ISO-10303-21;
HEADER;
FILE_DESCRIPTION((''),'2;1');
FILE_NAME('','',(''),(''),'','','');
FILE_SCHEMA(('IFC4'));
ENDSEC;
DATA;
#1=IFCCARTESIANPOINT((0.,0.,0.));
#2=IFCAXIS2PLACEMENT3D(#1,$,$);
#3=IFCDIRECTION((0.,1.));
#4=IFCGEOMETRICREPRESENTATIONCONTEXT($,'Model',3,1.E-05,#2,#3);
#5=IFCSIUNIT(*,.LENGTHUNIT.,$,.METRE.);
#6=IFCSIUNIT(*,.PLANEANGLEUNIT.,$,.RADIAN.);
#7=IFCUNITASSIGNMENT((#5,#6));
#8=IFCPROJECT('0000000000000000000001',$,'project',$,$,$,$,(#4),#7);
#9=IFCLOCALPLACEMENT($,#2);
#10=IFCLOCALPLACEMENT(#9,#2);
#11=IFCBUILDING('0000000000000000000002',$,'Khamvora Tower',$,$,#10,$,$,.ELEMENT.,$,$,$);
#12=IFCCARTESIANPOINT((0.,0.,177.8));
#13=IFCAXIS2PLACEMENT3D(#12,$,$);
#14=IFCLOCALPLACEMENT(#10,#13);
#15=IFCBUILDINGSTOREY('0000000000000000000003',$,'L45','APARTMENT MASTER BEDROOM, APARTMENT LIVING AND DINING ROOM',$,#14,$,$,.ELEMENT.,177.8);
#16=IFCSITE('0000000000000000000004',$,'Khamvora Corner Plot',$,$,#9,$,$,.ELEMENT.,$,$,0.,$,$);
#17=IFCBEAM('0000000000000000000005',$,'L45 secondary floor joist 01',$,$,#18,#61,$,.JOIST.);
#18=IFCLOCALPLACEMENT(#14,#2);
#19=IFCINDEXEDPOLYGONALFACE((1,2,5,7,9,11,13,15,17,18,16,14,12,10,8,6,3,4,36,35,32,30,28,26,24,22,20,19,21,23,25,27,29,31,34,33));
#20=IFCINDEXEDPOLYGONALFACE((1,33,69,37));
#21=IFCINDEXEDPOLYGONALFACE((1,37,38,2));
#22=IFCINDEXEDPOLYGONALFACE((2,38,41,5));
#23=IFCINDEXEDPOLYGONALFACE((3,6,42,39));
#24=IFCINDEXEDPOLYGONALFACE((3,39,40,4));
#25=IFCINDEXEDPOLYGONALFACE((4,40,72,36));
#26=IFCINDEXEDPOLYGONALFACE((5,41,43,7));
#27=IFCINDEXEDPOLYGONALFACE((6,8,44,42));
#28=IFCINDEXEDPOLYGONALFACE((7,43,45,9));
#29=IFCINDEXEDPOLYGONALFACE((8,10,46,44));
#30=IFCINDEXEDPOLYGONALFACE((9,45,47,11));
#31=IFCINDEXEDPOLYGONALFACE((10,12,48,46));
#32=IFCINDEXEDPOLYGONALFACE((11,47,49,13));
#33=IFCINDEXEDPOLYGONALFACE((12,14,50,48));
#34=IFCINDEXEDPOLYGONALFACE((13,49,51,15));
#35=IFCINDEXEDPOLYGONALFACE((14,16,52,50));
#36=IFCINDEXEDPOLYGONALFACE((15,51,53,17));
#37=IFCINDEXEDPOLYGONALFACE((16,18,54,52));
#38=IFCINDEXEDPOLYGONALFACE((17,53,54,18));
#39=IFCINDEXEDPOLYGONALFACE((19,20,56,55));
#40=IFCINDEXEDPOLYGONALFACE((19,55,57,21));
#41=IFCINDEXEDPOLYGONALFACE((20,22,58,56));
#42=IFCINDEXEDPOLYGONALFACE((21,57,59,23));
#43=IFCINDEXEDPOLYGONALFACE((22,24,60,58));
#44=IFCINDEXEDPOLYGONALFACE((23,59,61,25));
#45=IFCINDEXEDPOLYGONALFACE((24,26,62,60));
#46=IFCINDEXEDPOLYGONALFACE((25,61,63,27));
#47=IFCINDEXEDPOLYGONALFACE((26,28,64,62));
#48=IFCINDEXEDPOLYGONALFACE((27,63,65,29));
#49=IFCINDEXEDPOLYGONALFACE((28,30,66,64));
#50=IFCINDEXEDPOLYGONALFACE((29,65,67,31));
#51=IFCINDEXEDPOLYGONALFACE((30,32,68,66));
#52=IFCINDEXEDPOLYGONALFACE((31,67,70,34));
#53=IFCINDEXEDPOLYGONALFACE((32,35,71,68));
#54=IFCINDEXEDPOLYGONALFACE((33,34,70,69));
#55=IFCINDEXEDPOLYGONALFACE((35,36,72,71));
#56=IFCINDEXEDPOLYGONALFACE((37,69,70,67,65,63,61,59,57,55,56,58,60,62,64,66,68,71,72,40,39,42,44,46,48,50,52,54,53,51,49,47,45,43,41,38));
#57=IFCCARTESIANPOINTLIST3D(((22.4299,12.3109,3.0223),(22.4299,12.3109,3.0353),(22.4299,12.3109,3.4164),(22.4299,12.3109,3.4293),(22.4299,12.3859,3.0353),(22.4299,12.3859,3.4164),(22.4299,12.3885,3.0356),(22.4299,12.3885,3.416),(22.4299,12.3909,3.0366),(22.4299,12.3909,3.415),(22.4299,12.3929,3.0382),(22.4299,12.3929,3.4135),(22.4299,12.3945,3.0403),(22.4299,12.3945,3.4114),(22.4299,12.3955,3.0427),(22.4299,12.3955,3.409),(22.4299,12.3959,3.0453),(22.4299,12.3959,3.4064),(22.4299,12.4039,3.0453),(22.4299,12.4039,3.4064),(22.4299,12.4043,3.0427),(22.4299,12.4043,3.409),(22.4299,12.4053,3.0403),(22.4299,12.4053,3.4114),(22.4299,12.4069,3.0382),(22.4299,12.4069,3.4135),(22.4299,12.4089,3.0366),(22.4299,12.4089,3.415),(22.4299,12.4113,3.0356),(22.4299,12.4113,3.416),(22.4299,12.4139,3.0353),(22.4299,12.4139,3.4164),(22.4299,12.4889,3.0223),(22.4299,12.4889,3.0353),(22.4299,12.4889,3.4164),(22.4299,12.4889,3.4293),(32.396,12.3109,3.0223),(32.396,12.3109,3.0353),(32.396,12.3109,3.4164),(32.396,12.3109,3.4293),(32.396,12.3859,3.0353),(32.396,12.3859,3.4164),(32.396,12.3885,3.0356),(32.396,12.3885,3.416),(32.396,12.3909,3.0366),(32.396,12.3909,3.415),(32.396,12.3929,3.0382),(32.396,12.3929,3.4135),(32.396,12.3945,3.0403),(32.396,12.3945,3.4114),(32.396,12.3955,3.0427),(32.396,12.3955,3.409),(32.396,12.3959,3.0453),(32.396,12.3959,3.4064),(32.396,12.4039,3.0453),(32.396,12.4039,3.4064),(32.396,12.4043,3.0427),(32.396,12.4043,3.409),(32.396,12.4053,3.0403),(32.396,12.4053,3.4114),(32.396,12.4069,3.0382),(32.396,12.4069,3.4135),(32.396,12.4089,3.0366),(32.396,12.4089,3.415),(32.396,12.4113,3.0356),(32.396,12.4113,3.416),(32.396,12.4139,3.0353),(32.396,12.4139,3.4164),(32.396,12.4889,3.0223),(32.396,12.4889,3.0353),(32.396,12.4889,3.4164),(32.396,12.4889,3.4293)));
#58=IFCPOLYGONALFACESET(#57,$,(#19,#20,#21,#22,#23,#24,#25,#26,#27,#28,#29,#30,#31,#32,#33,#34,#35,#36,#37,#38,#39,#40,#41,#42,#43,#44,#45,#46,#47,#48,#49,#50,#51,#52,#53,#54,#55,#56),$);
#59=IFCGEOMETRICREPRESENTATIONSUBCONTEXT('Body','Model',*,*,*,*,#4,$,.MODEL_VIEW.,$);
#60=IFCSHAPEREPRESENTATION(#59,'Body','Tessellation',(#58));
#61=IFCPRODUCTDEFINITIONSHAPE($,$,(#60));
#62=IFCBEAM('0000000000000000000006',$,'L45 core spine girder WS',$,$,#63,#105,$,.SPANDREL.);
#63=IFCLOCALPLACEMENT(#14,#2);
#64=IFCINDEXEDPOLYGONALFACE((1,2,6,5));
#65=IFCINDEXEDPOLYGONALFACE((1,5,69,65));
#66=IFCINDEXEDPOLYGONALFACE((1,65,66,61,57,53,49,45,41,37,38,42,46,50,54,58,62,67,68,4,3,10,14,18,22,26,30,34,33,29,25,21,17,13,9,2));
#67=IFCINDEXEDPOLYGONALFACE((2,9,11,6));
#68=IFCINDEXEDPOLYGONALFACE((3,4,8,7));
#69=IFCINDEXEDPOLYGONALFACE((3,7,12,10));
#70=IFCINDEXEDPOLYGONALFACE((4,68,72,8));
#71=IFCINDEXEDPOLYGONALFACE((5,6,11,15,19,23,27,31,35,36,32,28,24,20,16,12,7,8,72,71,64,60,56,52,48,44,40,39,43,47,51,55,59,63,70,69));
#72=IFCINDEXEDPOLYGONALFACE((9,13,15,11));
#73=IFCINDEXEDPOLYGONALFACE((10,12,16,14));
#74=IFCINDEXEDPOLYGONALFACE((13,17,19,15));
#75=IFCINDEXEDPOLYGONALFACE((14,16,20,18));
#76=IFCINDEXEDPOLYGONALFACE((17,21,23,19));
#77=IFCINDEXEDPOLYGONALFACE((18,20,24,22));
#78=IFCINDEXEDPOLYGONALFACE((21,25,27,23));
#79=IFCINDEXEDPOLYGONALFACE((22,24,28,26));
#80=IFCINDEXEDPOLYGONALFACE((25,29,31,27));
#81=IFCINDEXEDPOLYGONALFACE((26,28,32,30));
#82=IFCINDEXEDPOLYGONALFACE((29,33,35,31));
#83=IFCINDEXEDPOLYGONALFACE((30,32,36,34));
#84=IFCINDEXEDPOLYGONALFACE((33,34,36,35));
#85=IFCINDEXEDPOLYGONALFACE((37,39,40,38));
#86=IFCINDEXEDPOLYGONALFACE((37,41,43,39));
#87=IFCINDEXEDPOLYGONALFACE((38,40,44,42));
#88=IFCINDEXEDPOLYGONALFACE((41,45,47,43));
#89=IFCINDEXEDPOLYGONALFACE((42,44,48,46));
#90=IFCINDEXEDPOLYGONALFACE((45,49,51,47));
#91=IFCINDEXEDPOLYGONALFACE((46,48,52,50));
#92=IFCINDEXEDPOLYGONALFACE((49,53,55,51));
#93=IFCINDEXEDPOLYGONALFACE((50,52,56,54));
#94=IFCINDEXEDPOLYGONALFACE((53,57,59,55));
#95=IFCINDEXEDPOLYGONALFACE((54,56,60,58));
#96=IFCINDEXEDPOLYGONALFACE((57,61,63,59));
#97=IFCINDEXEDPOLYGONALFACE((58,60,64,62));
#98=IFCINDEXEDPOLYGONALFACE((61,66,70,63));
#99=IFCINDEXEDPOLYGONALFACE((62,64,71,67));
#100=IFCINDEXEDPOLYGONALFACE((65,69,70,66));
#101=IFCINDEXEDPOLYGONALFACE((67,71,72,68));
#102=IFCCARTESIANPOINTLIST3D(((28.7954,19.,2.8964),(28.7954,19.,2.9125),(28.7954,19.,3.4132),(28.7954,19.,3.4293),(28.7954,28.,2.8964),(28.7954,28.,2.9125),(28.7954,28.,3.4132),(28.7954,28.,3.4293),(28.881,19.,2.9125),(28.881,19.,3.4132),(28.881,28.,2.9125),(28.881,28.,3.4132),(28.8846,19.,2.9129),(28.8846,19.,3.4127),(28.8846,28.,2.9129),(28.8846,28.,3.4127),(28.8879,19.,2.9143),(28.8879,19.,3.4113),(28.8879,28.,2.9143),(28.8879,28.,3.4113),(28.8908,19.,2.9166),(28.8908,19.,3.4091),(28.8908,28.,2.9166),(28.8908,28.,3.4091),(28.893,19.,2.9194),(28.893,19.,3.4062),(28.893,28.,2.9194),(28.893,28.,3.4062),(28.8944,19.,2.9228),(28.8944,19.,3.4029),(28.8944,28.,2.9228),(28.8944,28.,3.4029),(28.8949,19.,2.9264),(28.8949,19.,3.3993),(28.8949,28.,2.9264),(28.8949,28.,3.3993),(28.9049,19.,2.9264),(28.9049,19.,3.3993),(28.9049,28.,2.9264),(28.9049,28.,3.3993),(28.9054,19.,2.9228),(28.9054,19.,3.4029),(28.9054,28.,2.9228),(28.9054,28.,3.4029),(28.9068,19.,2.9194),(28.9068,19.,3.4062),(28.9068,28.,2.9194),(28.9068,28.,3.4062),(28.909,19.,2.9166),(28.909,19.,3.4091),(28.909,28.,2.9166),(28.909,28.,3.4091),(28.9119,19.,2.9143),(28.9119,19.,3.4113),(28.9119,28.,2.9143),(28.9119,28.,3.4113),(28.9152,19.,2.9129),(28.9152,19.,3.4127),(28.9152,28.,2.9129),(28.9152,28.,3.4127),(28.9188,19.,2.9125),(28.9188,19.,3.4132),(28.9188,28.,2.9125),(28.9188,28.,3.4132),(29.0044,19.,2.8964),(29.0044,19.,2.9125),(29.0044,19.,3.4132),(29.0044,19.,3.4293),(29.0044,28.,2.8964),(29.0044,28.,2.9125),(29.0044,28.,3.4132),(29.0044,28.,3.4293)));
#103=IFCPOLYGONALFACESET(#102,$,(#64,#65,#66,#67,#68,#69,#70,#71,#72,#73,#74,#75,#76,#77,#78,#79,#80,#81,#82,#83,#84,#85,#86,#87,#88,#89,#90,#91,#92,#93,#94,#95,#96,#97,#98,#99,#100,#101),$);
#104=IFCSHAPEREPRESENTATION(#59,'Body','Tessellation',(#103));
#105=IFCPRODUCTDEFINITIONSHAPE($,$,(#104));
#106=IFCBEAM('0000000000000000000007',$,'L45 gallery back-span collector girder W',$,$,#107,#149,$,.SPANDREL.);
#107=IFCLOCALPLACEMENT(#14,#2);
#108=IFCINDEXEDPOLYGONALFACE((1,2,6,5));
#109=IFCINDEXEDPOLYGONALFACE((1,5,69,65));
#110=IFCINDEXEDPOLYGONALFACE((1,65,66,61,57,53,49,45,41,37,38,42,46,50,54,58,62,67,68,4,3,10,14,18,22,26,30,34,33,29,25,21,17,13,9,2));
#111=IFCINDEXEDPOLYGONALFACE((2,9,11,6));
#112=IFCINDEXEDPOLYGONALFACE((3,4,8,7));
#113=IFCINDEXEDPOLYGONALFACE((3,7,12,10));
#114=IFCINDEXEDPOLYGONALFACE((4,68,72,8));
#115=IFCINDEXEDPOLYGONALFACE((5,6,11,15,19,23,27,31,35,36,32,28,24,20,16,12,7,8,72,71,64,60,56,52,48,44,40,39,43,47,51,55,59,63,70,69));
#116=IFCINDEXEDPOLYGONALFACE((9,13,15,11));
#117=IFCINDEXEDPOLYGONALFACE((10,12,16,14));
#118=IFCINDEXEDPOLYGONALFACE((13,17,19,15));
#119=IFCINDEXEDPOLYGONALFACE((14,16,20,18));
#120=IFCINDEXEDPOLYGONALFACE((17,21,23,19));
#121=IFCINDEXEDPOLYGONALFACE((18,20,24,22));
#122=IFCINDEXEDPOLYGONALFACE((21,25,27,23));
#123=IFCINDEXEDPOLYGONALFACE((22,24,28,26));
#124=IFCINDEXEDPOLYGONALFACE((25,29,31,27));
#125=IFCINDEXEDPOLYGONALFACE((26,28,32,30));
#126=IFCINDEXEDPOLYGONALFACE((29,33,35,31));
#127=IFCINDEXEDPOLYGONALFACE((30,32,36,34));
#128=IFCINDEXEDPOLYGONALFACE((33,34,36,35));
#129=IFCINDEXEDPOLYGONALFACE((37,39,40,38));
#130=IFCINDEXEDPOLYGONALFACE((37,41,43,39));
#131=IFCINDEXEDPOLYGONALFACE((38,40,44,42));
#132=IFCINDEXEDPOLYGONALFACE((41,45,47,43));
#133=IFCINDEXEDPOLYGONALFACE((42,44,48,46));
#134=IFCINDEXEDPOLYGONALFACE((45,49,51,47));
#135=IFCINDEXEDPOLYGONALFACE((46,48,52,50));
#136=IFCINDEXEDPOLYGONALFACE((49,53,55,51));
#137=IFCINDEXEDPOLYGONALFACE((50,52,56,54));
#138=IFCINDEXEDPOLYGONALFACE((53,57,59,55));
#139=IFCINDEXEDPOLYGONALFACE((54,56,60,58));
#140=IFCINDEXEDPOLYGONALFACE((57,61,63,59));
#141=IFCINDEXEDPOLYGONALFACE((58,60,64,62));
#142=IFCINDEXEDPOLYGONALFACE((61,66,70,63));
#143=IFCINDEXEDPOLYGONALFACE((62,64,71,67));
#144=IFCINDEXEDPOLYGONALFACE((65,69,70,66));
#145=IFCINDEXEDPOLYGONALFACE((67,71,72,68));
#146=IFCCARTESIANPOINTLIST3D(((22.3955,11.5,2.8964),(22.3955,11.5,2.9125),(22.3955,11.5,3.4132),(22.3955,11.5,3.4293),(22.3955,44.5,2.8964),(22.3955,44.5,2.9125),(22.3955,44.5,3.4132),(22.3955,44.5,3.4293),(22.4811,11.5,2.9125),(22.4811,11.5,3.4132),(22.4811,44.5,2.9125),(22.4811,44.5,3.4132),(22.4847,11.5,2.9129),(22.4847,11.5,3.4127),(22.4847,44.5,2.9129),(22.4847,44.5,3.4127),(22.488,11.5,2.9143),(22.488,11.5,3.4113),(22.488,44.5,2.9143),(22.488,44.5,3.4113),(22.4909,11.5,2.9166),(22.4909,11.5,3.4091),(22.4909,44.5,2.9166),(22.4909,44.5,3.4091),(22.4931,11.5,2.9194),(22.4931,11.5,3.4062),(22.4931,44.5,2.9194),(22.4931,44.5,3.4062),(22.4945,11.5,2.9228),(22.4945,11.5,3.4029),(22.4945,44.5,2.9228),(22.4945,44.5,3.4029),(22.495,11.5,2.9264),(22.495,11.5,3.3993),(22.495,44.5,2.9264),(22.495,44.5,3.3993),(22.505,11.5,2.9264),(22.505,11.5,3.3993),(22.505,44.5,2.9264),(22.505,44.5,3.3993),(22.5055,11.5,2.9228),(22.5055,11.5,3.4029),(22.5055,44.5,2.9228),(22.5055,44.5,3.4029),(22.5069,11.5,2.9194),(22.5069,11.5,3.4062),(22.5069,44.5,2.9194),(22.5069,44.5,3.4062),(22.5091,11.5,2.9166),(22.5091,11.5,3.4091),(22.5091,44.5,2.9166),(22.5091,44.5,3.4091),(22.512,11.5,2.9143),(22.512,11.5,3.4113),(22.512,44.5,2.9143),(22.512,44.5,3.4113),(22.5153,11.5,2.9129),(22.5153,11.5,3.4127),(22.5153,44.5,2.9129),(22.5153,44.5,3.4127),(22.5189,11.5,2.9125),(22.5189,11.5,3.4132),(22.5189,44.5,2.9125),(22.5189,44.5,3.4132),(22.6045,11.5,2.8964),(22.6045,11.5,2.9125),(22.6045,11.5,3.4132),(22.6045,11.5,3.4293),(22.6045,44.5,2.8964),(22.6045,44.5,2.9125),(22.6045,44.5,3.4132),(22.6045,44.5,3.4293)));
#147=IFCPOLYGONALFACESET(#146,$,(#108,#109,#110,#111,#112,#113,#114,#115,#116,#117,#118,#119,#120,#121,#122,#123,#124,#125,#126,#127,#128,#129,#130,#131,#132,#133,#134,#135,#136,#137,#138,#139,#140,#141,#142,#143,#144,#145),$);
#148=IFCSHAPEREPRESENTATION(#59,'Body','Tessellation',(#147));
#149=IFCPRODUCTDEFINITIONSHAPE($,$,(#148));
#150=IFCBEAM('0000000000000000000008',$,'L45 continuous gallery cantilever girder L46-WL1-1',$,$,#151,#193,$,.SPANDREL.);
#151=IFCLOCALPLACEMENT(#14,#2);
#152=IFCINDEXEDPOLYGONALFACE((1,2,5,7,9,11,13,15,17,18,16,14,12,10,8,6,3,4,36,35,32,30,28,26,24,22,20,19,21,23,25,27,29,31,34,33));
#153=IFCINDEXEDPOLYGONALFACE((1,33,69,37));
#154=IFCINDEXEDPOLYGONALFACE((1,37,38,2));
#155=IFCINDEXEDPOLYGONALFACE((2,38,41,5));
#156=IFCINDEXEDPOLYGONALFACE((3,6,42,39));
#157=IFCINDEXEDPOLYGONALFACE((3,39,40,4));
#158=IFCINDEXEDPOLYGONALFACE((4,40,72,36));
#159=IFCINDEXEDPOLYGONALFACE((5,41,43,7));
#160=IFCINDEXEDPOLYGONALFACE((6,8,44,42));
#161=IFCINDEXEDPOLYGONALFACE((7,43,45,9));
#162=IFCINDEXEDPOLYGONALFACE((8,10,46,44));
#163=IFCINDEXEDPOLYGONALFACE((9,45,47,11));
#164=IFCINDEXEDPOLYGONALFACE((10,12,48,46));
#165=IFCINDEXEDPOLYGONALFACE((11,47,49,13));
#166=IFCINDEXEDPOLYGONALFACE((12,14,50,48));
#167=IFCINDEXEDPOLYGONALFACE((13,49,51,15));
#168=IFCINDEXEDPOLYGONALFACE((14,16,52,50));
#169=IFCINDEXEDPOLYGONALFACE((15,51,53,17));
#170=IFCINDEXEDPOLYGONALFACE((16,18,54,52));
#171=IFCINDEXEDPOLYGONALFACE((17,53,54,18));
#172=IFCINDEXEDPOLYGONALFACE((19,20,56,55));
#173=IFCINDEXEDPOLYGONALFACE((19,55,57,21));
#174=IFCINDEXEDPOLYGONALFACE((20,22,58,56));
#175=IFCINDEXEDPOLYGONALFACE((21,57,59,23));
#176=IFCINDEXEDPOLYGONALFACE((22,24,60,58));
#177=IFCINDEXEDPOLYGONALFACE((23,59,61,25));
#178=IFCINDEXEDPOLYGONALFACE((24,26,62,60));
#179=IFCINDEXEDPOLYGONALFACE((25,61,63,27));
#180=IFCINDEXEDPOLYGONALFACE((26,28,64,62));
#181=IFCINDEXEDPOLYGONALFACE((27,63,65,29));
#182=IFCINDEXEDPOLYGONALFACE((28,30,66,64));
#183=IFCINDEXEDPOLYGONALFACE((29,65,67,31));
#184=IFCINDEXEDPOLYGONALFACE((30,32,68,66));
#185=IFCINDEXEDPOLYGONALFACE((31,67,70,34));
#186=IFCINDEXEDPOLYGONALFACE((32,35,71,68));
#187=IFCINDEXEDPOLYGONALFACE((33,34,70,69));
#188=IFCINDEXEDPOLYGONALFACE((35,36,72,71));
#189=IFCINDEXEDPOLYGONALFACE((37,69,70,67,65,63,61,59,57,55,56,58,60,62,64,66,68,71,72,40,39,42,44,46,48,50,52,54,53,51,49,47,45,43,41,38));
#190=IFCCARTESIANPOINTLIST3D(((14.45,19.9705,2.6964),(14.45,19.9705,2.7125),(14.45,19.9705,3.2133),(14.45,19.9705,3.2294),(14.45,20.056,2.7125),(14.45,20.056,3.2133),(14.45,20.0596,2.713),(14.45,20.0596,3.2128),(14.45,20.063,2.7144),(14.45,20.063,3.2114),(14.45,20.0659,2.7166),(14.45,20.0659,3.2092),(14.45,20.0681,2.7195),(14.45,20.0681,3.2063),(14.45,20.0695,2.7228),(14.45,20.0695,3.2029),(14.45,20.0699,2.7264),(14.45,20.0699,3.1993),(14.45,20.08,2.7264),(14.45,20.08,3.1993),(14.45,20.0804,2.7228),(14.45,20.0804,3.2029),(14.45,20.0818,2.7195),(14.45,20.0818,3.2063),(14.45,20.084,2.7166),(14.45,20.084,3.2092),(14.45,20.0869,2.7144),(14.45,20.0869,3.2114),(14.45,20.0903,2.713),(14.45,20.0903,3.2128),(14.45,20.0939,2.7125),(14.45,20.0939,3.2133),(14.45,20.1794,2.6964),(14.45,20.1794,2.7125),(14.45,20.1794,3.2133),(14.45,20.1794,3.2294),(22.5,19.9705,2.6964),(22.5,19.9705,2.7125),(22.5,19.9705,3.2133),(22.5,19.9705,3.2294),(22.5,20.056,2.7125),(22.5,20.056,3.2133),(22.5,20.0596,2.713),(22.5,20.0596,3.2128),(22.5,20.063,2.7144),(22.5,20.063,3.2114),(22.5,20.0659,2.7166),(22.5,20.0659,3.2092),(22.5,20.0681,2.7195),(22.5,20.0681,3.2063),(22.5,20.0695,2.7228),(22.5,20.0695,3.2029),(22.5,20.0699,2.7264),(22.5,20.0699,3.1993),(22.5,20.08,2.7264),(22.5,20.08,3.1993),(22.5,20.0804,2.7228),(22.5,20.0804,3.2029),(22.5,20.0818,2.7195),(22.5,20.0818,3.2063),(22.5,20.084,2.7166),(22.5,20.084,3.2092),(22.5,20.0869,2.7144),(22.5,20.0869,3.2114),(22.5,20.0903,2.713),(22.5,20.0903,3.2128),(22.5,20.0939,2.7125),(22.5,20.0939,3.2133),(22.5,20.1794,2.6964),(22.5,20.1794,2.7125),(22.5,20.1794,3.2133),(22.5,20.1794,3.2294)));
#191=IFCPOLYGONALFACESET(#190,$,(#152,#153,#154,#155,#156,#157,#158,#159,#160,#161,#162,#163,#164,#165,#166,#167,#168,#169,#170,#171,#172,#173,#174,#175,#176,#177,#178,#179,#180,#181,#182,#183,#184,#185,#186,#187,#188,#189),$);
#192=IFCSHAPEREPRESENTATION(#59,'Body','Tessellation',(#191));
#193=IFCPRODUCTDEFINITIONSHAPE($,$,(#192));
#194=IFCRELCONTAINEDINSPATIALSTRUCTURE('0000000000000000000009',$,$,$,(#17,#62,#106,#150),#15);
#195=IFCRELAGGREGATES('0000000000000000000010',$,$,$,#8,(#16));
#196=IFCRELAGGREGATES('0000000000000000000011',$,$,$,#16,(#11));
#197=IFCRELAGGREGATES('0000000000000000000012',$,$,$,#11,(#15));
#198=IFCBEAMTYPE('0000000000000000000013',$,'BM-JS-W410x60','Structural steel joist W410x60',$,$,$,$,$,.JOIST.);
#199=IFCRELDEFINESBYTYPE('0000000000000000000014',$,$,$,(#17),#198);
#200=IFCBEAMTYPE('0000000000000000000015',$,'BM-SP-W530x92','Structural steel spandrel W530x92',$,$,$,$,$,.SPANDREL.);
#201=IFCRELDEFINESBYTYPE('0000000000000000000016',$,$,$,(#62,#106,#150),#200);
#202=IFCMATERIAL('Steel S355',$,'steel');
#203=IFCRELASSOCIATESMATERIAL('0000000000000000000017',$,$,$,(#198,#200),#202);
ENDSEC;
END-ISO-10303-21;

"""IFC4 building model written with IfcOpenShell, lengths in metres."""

from ifc_helpers import new_model, si_unit, direction, frame, origin, origin_2d, place, context, subcontext, project, spatial, i_section, extrude, material, material_profile, profile_set, type_object, element, save


model = new_model("IFC4")

# Units and contexts
model_context = context("Model", 3, precision=1e-05, world=origin(), true_north=direction((0.0, 1.0)))
body_context = subcontext(model_context, "Body", "Model", "MODEL_VIEW")
ifc_project = project(units=[si_unit("LENGTHUNIT", "METRE"), si_unit("PLANEANGLEUNIT", "RADIAN")], contexts=[model_context])

# Site, building, storey
site_placement = place(None, origin())
site = spatial("IfcSite", under=ifc_project, at=site_placement, Name="Khamvora Corner Plot", CompositionType="ELEMENT", RefElevation=0.0)
building_placement = place(site_placement, origin())
building = spatial("IfcBuilding", under=site, at=building_placement, Name="Khamvora Tower", CompositionType="ELEMENT")
storey_placement = place(building_placement, frame((0.0, 0.0, 177.8)))
storey = spatial("IfcBuildingStorey", under=building, at=storey_placement, Name="L45", Description="APARTMENT MASTER BEDROOM, APARTMENT LIVING AND DINING ROOM", CompositionType="ELEMENT", Elevation=177.8)

# Beams
ifc_material_1 = material(Name="Steel S355", Category="steel")
ifc_material_profile_1 = material_profile(ifc_material_1, i_section(OverallWidth=0.178, OverallDepth=0.407, WebThickness=0.0081, FlangeThickness=0.0129, FilletRadius=0.01, at=origin_2d()), Name="W410x60")
ifc_profile_set_1 = profile_set([ifc_material_profile_1], Name="Steel S355")
beam_type_1 = type_object("IfcBeamType", Name="BM-JS-W410x60", Description="Structural steel joist W410x60", PredefinedType="JOIST", material=ifc_profile_set_1)
beam_1_placement = place(storey_placement, frame((22.4299, 12.3999, 3.2258), z_axis=(1.0, 0.0, 0.0), x_axis=(0.0, 1.0, 0.0)))
element("IfcBeam", 1, at=beam_1_placement, inside=storey, type_object=beam_type_1, Name="L45 secondary floor joist 01", PredefinedType="JOIST", context=body_context, shape_type="SweptSolid", body=[
    extrude(i_section(OverallWidth=0.178, OverallDepth=0.407, WebThickness=0.0081, FlangeThickness=0.0129, FilletRadius=0.01, at=origin_2d()), origin(), (0.0, 0.0, 1.0), 9.9661),
])
ifc_material_profile_2 = material_profile(ifc_material_1, i_section(OverallWidth=0.209, OverallDepth=0.533, WebThickness=0.01, FlangeThickness=0.0161, FilletRadius=0.0139, at=origin_2d()), Name="W530x92")
ifc_profile_set_2 = profile_set([ifc_material_profile_2], Name="Steel S355")
beam_type_2 = type_object("IfcBeamType", Name="BM-SP-W530x92", Description="Structural steel spandrel W530x92", PredefinedType="SPANDREL", material=ifc_profile_set_2)
beam_2_placement = place(storey_placement, frame((28.8999, 19.0, 3.1628), z_axis=(0.0, 1.0, 0.0), x_axis=(-1.0, 0.0, 0.0)))
element("IfcBeam", 2, at=beam_2_placement, inside=storey, type_object=beam_type_2, Name="L45 core spine girder WS", PredefinedType="SPANDREL", context=body_context, shape_type="SweptSolid", body=[
    extrude(i_section(OverallWidth=0.209, OverallDepth=0.533, WebThickness=0.01, FlangeThickness=0.0161, FilletRadius=0.0139, at=origin_2d()), origin(), (0.0, 0.0, 1.0), 9.0),
])
beam_3_placement = place(storey_placement, frame((22.5, 11.5, 3.1628), z_axis=(0.0, 1.0, 0.0), x_axis=(-1.0, 0.0, 0.0)))
element("IfcBeam", 3, at=beam_3_placement, inside=storey, type_object=beam_type_2, Name="L45 gallery back-span collector girder W", PredefinedType="SPANDREL", context=body_context, shape_type="SweptSolid", body=[
    extrude(i_section(OverallWidth=0.209, OverallDepth=0.533, WebThickness=0.01, FlangeThickness=0.0161, FilletRadius=0.0139, at=origin_2d()), origin(), (0.0, 0.0, 1.0), 33.0),
])
for number, where, z_axis, x_axis, name in (
    (4, (22.5, 20.075, 2.9629), (-1.0, 0.0, 0.0), (0.0, -1.0, 0.0), "L45 continuous gallery cantilever girder L46-WL1-1"),
):
    element("IfcBeam", number, at=place(storey_placement, frame(where, z_axis=z_axis, x_axis=x_axis)), inside=storey, type_object=beam_type_2, Name=name, PredefinedType="SPANDREL", context=body_context, shape_type="SweptSolid", body=[
        extrude(i_section(OverallWidth=0.209, OverallDepth=0.533, WebThickness=0.01, FlangeThickness=0.0161, FilletRadius=0.0139, at=origin_2d()), origin(), (0.0, 0.0, 1.0), 8.05),
    ])

save(model, "model.ifc")
